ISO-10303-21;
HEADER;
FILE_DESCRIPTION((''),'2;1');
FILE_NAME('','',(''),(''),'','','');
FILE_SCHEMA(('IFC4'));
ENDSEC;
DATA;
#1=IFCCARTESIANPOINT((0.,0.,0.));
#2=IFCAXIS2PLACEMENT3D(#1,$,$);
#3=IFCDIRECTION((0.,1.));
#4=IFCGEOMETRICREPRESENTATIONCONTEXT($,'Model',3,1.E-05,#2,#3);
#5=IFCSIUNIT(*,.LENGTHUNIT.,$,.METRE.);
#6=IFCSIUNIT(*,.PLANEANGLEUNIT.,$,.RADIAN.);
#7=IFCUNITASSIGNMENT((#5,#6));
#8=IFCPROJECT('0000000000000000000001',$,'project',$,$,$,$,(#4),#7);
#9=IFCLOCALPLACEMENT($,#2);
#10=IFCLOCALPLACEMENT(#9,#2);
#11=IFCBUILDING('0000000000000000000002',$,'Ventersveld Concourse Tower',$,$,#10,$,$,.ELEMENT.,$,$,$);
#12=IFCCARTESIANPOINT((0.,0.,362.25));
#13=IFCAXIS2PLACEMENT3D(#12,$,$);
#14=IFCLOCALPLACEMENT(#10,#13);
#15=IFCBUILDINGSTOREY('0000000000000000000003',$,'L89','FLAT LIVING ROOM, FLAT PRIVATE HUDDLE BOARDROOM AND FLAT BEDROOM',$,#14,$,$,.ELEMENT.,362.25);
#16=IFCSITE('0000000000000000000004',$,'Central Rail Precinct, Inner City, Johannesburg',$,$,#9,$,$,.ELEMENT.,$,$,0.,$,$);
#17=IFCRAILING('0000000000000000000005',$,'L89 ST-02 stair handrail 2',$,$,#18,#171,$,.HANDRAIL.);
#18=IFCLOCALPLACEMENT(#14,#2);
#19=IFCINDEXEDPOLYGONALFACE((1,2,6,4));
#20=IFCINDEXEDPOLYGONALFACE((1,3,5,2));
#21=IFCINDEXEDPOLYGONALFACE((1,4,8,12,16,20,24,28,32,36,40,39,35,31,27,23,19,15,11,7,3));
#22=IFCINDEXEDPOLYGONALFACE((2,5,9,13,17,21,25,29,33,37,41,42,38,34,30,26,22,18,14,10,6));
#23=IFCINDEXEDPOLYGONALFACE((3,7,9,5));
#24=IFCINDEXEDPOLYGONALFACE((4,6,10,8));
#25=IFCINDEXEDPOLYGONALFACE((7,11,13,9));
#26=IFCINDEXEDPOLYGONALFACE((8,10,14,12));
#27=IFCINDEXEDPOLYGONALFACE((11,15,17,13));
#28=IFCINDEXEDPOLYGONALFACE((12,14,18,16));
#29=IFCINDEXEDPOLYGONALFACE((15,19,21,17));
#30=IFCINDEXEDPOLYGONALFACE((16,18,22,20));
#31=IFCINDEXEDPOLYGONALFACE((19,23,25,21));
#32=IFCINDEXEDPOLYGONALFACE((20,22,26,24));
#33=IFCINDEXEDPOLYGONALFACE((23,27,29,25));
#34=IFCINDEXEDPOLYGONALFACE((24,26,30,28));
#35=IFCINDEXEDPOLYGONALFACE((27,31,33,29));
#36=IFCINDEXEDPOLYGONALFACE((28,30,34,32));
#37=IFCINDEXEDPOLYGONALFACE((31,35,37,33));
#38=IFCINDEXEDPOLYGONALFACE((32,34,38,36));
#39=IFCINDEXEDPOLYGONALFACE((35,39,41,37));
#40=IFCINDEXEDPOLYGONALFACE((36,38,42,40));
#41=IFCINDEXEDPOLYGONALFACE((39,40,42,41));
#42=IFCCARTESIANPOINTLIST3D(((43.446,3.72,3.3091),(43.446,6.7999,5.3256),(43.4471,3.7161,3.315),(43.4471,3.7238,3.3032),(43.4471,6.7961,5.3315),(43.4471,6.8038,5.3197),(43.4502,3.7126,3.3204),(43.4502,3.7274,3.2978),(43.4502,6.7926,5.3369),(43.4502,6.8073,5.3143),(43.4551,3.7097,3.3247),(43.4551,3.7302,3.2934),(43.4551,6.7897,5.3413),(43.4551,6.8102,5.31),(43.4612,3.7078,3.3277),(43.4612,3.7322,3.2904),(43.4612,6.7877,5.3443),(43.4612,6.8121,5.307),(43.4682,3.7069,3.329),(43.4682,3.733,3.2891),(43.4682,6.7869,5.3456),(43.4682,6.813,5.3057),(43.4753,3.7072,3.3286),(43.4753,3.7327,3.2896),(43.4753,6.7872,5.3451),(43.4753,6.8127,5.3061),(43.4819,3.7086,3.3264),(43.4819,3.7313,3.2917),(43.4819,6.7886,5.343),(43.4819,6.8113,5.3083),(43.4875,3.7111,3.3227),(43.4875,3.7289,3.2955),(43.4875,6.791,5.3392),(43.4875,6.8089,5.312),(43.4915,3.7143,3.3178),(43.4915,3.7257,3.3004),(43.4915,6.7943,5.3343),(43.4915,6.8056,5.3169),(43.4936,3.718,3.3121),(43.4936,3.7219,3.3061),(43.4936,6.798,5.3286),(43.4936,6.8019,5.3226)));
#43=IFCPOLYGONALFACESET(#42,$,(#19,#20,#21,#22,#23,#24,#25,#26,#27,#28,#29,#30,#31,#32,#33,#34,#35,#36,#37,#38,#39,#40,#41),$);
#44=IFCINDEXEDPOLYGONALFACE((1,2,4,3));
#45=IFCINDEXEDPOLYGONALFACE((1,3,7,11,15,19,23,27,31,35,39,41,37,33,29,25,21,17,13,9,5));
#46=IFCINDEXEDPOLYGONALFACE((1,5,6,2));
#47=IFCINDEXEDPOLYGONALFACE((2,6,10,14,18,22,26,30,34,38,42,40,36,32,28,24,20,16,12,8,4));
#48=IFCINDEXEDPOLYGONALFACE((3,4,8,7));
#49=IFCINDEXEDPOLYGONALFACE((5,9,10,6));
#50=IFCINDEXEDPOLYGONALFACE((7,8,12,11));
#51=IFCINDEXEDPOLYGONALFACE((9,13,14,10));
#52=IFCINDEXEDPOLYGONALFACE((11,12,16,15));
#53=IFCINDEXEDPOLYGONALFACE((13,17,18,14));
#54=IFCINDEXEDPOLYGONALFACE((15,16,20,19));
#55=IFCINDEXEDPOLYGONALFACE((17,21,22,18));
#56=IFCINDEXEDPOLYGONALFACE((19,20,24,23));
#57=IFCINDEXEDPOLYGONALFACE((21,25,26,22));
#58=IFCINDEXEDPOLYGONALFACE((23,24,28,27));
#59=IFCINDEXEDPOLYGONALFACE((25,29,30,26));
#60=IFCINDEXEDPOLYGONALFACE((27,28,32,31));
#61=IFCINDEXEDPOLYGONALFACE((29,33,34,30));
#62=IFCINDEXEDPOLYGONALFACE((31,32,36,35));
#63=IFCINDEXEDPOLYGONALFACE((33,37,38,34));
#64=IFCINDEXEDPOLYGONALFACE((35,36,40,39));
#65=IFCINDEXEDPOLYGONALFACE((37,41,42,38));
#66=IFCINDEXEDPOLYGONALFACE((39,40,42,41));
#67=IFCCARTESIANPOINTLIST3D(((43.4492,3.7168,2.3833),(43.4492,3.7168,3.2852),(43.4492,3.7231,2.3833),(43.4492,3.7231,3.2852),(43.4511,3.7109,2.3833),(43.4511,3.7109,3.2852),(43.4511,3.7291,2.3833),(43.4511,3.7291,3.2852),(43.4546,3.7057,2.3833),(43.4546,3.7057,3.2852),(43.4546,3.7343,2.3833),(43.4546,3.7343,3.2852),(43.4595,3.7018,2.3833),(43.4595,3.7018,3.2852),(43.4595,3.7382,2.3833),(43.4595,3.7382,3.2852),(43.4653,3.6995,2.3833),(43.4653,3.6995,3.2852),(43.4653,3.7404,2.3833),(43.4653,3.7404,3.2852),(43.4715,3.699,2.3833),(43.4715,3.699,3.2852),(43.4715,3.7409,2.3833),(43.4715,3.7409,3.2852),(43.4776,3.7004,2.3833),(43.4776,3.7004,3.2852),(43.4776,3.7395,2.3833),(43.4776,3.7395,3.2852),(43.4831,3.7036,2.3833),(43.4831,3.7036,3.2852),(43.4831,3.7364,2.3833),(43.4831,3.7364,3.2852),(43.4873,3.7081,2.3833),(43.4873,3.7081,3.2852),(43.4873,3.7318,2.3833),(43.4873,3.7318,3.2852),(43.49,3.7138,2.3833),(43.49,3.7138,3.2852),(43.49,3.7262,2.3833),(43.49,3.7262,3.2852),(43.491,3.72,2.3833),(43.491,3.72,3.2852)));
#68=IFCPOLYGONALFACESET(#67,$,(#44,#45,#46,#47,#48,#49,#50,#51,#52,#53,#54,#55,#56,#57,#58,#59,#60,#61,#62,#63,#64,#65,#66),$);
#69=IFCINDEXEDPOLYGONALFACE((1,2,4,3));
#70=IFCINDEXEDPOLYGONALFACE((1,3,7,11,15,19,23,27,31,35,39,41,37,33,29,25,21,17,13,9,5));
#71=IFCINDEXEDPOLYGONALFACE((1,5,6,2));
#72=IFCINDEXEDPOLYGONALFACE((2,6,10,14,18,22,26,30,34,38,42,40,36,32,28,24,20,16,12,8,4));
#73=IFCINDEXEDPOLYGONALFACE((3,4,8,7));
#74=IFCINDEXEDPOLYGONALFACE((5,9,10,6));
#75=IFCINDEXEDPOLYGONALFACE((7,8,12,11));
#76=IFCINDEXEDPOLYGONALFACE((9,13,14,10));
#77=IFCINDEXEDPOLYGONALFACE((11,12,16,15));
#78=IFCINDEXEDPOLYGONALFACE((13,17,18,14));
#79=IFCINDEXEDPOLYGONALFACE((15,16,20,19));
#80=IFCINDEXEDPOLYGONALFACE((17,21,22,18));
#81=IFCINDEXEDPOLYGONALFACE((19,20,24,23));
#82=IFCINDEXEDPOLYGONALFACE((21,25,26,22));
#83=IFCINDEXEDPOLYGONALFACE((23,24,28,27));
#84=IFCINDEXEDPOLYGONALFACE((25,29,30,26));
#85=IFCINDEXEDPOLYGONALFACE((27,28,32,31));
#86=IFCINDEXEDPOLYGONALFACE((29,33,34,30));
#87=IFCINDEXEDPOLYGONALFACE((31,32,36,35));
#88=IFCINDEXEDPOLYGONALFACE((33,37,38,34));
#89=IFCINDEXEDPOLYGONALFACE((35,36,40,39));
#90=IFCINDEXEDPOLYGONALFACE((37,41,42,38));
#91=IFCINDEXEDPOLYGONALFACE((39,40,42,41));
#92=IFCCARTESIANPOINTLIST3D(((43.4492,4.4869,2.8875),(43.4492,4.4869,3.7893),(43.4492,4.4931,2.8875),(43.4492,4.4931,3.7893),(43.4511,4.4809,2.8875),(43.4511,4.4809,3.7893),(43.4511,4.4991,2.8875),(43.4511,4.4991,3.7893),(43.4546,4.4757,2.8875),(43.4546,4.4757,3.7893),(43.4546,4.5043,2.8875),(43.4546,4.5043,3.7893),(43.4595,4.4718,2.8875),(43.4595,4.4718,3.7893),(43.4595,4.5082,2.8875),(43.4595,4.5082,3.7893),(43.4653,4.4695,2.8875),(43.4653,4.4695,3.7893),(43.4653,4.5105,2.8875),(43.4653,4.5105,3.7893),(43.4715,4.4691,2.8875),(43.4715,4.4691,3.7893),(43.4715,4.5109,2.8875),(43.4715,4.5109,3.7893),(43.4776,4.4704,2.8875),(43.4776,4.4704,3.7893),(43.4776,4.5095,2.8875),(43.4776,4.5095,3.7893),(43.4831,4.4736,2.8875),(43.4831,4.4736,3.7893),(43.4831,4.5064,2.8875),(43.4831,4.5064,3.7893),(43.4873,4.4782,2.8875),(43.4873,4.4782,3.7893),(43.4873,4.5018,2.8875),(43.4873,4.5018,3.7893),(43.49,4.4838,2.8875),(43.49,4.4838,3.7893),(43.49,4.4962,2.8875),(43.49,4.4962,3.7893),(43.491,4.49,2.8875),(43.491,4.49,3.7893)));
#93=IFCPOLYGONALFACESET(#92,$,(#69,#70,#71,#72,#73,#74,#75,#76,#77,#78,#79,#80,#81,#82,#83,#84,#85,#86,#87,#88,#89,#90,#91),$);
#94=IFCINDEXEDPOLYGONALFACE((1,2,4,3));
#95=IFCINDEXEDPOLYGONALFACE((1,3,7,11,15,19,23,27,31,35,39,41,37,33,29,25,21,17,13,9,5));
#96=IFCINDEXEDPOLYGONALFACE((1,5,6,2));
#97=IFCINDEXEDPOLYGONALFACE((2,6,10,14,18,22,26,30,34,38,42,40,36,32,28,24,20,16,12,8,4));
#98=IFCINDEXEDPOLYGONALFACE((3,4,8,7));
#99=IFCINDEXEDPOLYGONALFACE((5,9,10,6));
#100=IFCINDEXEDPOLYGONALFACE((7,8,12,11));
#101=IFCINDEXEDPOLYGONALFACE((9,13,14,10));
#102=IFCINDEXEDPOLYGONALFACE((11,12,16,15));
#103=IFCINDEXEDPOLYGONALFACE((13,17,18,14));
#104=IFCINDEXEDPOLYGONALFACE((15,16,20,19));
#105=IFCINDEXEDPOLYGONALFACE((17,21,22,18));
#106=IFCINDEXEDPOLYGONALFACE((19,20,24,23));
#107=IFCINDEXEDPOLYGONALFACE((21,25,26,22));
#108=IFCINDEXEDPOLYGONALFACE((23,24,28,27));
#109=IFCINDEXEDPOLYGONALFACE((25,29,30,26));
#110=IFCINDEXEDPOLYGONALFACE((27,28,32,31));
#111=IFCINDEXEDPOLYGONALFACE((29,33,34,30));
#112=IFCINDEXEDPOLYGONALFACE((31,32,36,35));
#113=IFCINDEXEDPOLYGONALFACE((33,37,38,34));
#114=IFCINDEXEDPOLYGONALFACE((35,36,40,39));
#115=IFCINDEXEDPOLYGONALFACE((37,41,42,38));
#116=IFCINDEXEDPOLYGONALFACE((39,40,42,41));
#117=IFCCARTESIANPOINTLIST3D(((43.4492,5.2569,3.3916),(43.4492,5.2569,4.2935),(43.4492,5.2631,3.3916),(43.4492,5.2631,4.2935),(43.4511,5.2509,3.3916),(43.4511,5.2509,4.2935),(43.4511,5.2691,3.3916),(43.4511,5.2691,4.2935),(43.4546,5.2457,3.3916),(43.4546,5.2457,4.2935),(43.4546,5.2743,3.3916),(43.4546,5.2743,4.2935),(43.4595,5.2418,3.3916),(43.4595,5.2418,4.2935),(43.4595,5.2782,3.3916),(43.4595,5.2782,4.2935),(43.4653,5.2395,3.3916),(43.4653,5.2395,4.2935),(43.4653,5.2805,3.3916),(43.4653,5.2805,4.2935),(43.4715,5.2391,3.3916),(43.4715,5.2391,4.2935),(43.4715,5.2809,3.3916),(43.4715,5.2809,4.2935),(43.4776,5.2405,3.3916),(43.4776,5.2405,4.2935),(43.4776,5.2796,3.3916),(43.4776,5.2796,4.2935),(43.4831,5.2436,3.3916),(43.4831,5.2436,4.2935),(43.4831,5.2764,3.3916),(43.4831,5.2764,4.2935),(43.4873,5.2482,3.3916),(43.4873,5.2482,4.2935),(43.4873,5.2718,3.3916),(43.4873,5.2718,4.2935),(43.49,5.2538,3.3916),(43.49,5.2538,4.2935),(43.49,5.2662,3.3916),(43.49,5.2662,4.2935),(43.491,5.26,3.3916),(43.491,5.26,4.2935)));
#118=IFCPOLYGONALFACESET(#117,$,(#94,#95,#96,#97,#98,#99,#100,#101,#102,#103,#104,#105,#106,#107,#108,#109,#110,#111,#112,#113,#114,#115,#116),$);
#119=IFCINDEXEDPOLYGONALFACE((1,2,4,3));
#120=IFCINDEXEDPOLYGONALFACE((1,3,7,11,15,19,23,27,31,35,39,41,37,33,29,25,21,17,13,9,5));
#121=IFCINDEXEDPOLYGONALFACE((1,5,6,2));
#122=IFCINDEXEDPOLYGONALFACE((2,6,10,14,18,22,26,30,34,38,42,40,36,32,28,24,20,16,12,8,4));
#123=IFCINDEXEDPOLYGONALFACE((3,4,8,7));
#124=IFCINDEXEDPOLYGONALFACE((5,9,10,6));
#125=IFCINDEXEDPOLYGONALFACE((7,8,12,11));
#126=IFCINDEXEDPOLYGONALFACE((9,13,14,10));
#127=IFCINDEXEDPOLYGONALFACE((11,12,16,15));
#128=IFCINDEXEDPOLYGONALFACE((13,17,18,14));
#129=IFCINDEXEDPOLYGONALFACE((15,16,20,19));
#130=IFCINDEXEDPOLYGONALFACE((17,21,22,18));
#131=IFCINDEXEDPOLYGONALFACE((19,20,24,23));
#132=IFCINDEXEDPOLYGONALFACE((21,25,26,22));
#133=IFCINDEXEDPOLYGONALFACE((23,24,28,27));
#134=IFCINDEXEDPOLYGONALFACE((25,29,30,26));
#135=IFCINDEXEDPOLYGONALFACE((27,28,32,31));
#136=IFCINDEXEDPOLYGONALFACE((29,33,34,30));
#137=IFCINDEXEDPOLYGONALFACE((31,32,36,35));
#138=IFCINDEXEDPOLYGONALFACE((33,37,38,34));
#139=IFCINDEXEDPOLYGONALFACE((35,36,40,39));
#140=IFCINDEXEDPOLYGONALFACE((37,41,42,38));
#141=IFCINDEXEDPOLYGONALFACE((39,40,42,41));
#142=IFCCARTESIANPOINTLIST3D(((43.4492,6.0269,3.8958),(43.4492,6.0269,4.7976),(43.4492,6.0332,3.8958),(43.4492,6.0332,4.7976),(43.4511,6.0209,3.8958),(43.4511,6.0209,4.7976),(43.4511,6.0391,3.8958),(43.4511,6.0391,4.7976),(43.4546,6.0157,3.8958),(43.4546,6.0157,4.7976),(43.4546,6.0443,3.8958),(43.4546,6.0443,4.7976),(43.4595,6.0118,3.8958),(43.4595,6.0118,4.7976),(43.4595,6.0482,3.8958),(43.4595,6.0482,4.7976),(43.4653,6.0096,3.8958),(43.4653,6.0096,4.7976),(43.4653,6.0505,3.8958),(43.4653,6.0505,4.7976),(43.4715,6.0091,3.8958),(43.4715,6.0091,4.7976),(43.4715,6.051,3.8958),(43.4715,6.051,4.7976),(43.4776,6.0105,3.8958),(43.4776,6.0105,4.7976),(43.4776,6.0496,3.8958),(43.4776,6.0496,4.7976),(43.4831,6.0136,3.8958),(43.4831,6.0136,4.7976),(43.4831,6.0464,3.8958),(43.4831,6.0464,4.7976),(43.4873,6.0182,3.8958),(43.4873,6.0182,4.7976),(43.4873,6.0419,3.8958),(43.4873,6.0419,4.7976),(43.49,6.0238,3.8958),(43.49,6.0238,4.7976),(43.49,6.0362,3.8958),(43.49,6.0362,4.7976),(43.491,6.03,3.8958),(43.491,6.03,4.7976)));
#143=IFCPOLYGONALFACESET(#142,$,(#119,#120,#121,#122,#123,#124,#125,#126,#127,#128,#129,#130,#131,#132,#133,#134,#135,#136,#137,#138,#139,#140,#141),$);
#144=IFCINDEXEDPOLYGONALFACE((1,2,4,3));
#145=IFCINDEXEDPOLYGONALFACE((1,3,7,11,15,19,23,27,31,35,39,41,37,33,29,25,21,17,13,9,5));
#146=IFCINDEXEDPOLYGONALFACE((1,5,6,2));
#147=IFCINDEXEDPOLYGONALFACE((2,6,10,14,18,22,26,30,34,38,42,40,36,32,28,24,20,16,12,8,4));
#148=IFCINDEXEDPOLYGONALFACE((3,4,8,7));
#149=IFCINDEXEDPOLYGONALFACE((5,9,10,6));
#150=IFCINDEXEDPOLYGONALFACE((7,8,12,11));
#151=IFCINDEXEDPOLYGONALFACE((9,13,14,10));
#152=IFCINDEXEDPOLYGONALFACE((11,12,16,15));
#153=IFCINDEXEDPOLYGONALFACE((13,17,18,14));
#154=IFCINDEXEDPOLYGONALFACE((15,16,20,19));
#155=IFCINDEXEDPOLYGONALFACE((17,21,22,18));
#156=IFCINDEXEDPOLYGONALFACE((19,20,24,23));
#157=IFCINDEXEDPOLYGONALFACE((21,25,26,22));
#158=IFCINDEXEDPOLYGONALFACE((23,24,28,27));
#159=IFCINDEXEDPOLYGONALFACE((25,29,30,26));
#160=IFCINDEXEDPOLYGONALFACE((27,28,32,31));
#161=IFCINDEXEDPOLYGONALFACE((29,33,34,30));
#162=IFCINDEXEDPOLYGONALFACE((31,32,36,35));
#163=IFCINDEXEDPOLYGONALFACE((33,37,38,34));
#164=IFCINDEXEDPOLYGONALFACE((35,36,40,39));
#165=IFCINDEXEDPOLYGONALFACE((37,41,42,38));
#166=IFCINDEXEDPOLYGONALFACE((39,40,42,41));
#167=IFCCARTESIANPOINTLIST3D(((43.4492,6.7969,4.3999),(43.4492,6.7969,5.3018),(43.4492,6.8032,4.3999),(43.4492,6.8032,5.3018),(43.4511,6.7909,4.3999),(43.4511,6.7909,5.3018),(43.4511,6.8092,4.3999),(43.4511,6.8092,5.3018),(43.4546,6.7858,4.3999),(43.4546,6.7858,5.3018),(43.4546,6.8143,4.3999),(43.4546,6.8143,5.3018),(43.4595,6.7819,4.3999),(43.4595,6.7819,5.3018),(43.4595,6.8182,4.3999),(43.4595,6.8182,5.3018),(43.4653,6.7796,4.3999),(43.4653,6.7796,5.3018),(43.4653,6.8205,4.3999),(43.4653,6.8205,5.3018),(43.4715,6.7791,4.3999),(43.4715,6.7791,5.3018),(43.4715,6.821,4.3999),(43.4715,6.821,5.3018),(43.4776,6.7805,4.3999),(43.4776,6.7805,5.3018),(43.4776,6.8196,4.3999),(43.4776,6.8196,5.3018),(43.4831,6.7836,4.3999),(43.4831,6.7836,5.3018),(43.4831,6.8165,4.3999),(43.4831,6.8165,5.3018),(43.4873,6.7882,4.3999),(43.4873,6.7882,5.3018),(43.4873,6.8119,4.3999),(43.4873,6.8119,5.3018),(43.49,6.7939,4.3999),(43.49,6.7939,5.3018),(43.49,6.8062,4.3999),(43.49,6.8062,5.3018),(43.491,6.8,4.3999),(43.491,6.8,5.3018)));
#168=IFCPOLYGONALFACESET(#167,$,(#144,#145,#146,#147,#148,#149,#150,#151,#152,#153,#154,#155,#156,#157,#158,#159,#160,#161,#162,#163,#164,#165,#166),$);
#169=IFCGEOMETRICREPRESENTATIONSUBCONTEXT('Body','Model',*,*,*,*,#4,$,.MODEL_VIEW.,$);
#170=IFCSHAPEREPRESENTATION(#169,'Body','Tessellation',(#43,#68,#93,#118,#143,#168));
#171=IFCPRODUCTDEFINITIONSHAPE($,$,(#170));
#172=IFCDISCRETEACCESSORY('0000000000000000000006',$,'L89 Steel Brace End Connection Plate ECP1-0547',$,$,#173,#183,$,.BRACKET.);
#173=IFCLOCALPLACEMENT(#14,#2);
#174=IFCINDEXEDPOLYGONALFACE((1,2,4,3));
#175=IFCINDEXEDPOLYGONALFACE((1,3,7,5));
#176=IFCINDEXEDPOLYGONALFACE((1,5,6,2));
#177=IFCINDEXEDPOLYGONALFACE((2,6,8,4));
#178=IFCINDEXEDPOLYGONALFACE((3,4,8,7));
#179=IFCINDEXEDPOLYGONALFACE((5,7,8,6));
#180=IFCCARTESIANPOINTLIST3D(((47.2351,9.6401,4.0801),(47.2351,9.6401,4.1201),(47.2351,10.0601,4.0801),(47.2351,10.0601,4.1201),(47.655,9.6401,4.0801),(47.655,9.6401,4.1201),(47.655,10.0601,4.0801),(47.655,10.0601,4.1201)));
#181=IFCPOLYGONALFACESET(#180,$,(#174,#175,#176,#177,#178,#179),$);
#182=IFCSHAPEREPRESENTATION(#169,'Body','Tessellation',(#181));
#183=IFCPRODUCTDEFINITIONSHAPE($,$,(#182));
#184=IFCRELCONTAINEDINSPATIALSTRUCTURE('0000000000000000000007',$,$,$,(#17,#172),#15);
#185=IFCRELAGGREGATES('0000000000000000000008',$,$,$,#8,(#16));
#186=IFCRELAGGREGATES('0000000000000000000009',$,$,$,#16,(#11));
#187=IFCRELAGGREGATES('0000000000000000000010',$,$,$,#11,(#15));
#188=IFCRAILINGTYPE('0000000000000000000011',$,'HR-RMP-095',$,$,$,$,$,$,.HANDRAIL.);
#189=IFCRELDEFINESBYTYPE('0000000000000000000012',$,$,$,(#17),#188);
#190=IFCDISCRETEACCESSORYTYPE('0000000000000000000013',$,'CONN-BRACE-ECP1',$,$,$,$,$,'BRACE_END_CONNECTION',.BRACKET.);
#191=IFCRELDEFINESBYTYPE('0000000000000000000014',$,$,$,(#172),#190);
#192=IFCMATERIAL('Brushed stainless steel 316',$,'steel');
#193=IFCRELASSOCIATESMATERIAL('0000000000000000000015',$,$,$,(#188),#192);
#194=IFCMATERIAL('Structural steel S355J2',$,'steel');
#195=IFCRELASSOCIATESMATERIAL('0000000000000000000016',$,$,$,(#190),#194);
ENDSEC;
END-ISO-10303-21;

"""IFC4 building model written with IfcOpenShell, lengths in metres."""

from ifc_helpers import new_model, si_unit, direction, frame, origin, origin_2d, place, context, subcontext, project, spatial, rectangle, circle, extrude, material, type_object, element, save


model = new_model("IFC4")

# Units and contexts
model_context = context("Model", 3, precision=1e-05, world=origin(), true_north=direction((0.0, 1.0)))
body_context = subcontext(model_context, "Body", "Model", "MODEL_VIEW")
ifc_project = project(units=[si_unit("LENGTHUNIT", "METRE"), si_unit("PLANEANGLEUNIT", "RADIAN")], contexts=[model_context])

# Site, building, storey
site_placement = place(None, origin())
site = spatial("IfcSite", under=ifc_project, at=site_placement, Name="Central Rail Precinct, Inner City, Johannesburg", CompositionType="ELEMENT", RefElevation=0.0)
building_placement = place(site_placement, origin())
building = spatial("IfcBuilding", under=site, at=building_placement, Name="Ventersveld Concourse Tower", CompositionType="ELEMENT")
storey_placement = place(building_placement, frame((0.0, 0.0, 362.25)))
storey = spatial("IfcBuildingStorey", under=building, at=storey_placement, Name="L89", Description="FLAT LIVING ROOM, FLAT PRIVATE HUDDLE BOARDROOM AND FLAT BEDROOM", CompositionType="ELEMENT", Elevation=362.25)

# Shared definitions
ifc_material_1 = material(Name="Structural steel S355J2", Category="steel")

# Shared definitions
ifc_material_2 = material(Name="Brushed stainless steel 316", Category="steel")

# Railing
railing_type_1 = type_object("IfcRailingType", Name="HR-RMP-095", PredefinedType="HANDRAIL", material=ifc_material_2)
railing_1_placement = place(storey_placement, frame((43.47, 3.72, 2.3833)))
element("IfcRailing", 1, at=railing_1_placement, inside=storey, type_object=railing_type_1, Name="L89 ST-02 stair handrail 2", PredefinedType="HANDRAIL", context=body_context, shape_type="SweptSolid", body=[
    extrude(circle(Radius=0.0239, at=origin_2d()), frame((0.0, 0.0, 0.9258), z_axis=(0.0, 0.836633, 0.547764), x_axis=(-1.0, 0.0, 0.0)), (0.0, 0.0, 1.0), 3.6814),
    extrude(circle(Radius=0.021, at=origin_2d()), origin(), (0.0, 0.0, 1.0), 0.9019),
    extrude(circle(Radius=0.021, at=origin_2d()), frame((0.0, 0.77, 0.5042)), (0.0, 0.0, 1.0), 0.9019),
    extrude(circle(Radius=0.021, at=origin_2d()), frame((0.0, 1.54, 1.0083)), (0.0, 0.0, 1.0), 0.9019),
    extrude(circle(Radius=0.021, at=origin_2d()), frame((0.0, 2.3101, 1.5125)), (0.0, 0.0, 1.0), 0.9019),
    extrude(circle(Radius=0.021, at=origin_2d()), frame((0.0, 3.0801, 2.0166)), (0.0, 0.0, 1.0), 0.9019),
])

# Discrete accessory
discrete_accessory_type = type_object("IfcDiscreteAccessoryType", Name="CONN-BRACE-ECP1", ElementType="BRACE_END_CONNECTION", PredefinedType="BRACKET", material=ifc_material_1)
discrete_accessory_placement = place(storey_placement, frame((47.4451, 9.8501, 4.0801), z_axis=(0.0, 0.0, 1.0), x_axis=(1.0, 0.0, 0.0)))
element("IfcDiscreteAccessory", 2, at=discrete_accessory_placement, inside=storey, type_object=discrete_accessory_type, Name="L89 Steel Brace End Connection Plate ECP1-0547", PredefinedType="BRACKET", context=body_context, shape_type="SweptSolid", body=[
    extrude(rectangle(XDim=0.4199, YDim=0.4199, at=origin_2d()), origin(), (0.0, 0.0, 1.0), 0.04),
])

save(model, "model.ifc")
